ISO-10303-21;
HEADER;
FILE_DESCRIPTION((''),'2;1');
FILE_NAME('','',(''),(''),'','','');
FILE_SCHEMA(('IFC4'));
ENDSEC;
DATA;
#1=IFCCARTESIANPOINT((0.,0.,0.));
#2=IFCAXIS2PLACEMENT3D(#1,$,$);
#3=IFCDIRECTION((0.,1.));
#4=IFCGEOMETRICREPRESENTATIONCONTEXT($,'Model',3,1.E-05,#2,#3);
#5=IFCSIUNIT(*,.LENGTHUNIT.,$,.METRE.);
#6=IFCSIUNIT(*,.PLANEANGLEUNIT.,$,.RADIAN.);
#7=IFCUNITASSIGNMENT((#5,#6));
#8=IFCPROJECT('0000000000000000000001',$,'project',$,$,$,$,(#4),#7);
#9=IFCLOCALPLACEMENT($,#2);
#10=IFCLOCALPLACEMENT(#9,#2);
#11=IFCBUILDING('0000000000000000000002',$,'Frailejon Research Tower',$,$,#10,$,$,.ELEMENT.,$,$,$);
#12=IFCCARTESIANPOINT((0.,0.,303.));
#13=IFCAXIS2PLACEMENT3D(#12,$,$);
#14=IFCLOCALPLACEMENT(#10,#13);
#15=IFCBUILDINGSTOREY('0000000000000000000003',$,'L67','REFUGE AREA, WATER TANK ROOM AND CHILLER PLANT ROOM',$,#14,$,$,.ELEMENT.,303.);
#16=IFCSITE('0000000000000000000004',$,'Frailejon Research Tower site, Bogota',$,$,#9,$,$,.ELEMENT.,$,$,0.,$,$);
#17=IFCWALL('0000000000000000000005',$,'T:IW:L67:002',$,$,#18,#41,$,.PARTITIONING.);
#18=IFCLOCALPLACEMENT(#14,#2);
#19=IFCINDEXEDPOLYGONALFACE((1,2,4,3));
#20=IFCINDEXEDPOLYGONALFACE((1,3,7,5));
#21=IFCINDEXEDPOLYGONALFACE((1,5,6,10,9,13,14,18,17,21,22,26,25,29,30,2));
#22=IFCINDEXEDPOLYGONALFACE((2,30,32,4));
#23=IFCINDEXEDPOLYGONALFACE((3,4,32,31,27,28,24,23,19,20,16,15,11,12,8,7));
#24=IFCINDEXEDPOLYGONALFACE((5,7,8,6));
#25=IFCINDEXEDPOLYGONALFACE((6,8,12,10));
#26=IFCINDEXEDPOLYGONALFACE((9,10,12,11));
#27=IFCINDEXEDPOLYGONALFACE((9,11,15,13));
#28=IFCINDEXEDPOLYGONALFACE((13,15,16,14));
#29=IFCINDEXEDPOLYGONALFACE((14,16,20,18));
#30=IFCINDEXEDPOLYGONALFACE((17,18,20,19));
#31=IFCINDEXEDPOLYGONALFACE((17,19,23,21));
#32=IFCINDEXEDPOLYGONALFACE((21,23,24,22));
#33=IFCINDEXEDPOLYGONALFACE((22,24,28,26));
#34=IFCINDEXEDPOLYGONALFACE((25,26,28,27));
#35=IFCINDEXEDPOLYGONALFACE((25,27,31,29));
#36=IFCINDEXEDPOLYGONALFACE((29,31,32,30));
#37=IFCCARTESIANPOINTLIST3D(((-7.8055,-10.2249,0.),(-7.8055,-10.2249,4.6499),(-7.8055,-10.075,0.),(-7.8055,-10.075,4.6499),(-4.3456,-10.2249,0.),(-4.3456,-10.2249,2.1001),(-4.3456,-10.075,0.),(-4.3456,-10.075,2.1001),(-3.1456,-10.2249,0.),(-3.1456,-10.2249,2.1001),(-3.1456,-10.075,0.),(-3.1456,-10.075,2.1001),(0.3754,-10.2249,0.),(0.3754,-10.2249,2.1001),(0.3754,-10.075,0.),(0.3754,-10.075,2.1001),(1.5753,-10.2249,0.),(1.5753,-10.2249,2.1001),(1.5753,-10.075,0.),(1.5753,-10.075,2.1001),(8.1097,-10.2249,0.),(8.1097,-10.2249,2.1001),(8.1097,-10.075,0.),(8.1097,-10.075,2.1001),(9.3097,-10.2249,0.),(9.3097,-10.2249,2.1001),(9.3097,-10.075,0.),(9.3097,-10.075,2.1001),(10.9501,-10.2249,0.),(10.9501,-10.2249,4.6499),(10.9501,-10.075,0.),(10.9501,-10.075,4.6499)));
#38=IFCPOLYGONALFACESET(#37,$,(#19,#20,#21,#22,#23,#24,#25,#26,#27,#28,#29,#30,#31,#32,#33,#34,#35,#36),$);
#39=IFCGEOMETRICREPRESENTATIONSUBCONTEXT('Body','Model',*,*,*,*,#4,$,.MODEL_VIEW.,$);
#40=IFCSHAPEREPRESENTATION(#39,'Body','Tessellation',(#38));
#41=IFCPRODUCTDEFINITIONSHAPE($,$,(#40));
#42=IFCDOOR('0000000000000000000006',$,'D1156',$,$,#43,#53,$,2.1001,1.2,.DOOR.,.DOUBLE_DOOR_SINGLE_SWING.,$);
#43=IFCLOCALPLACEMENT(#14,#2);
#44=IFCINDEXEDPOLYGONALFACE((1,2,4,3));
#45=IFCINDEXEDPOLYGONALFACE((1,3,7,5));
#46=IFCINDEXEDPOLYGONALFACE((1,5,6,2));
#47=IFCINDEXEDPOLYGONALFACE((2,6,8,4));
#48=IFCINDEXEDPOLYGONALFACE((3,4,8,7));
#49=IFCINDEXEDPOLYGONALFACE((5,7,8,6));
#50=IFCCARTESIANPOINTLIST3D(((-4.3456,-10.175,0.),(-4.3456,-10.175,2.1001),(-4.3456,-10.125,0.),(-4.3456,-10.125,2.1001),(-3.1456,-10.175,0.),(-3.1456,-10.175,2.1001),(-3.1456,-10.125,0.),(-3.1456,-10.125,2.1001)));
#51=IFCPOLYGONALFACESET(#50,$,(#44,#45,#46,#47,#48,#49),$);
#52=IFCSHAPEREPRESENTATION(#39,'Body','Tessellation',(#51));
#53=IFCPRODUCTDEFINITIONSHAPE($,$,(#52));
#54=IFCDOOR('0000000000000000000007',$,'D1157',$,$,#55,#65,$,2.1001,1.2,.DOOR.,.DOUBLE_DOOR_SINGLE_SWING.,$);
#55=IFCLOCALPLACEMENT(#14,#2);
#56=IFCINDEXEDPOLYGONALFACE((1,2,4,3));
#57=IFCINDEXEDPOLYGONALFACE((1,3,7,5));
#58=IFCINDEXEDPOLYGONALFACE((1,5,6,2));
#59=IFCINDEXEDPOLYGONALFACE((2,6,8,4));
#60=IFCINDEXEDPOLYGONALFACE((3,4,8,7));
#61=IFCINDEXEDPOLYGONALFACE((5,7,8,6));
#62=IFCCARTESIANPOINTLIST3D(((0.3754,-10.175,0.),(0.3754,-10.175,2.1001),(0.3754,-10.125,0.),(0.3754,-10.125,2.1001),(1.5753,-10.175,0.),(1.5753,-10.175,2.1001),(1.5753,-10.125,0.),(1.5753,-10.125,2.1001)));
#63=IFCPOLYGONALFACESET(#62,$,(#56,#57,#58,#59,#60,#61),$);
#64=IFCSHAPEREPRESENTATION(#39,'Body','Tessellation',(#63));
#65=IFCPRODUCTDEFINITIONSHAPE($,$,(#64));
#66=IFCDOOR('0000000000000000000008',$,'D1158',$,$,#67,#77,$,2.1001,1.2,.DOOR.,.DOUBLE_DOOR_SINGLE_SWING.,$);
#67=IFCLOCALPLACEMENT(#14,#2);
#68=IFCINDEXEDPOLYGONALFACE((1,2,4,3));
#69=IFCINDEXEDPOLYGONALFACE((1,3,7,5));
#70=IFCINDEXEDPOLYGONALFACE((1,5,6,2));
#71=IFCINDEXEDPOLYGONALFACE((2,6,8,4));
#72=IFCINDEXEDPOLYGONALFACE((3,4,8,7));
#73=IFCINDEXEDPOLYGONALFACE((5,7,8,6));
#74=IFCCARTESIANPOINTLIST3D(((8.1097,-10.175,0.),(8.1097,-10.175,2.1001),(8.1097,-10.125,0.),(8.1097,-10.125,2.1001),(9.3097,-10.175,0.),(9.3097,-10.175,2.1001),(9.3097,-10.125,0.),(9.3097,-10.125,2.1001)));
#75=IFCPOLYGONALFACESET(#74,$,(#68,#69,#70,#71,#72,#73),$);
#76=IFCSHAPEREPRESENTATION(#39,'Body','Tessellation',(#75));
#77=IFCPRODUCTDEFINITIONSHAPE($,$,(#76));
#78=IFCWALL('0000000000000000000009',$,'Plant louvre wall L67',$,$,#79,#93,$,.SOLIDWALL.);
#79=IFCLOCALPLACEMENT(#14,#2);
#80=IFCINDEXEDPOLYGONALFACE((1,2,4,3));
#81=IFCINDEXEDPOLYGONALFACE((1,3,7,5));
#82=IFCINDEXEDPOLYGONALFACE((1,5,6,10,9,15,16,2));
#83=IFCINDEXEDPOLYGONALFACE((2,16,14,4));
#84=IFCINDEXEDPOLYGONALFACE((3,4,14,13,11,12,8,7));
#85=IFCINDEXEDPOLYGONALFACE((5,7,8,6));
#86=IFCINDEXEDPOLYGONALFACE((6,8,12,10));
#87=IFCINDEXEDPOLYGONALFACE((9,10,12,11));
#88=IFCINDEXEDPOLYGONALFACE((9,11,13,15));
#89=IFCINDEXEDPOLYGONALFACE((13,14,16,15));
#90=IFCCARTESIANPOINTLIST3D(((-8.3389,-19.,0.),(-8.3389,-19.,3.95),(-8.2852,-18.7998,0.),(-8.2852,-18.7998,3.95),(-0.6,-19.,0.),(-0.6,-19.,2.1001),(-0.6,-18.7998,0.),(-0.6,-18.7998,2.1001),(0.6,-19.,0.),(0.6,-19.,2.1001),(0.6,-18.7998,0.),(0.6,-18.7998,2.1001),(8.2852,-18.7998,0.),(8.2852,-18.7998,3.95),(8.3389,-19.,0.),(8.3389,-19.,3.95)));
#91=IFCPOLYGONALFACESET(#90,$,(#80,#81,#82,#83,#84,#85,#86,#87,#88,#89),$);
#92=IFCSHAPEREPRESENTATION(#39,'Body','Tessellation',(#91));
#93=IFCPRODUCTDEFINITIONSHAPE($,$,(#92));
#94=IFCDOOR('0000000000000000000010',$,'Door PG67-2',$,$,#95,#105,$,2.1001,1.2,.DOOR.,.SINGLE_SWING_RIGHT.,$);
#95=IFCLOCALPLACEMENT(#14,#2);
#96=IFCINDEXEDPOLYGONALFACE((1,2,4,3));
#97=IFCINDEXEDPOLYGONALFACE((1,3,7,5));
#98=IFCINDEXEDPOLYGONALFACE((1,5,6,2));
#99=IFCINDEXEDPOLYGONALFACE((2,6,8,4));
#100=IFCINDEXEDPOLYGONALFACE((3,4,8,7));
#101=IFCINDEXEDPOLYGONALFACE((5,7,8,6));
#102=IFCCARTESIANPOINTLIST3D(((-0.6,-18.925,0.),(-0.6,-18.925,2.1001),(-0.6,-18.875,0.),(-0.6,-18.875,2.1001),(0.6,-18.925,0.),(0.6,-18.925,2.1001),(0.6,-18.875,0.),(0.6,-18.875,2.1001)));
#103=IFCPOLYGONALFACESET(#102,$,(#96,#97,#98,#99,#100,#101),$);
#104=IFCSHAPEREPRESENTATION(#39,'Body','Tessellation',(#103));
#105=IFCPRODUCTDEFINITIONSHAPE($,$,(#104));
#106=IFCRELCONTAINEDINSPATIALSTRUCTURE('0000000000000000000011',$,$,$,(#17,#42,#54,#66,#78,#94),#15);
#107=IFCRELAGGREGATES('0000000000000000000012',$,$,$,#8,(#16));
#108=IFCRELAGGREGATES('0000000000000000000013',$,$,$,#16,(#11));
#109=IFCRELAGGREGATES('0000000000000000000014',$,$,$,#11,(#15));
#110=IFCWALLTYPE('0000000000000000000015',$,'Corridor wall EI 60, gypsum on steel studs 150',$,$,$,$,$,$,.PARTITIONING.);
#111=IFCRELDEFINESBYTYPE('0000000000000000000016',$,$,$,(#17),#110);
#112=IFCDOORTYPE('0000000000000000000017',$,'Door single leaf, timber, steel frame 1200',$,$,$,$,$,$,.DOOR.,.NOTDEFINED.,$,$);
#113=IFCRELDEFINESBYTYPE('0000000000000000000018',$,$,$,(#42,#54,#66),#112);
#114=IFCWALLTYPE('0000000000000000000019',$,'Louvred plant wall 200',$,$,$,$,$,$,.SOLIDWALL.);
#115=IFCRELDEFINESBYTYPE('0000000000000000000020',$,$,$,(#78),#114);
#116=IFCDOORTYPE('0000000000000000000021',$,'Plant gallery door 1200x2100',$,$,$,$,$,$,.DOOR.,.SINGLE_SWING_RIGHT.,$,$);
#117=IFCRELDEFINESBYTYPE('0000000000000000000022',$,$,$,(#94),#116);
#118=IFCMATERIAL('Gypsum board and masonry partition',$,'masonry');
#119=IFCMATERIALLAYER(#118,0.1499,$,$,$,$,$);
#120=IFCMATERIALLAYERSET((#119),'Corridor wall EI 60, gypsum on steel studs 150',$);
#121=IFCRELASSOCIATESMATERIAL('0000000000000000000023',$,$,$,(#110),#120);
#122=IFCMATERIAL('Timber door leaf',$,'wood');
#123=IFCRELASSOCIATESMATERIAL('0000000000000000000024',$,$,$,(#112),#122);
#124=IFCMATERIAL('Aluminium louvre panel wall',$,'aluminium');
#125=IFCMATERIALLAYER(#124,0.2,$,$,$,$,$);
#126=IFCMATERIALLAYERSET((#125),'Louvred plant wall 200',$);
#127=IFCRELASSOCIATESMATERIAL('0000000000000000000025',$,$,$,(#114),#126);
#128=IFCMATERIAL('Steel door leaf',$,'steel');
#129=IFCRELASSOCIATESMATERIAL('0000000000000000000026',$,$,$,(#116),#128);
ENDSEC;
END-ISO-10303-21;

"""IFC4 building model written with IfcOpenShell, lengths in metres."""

from ifc_helpers import new_model, si_unit, direction, frame, frame_2d, origin, place, context, subcontext, project, spatial, polyline, rectangle, outline, extrude, material, layer, layer_set, type_object, element, fill, save


model = new_model("IFC4")

# Units and contexts
model_context = context("Model", 3, precision=1e-05, world=origin(), true_north=direction((0.0, 1.0)))
body_context = subcontext(model_context, "Body", "Model", "MODEL_VIEW")
ifc_project = project(units=[si_unit("LENGTHUNIT", "METRE"), si_unit("PLANEANGLEUNIT", "RADIAN")], contexts=[model_context])

# Site, building, storey
site_placement = place(None, origin())
site = spatial("IfcSite", under=ifc_project, at=site_placement, Name="Frailejon Research Tower site, Bogota", CompositionType="ELEMENT", RefElevation=0.0)
building_placement = place(site_placement, origin())
building = spatial("IfcBuilding", under=site, at=building_placement, Name="Frailejon Research Tower", CompositionType="ELEMENT")
storey_placement = place(building_placement, frame((0.0, 0.0, 303.0)))
storey = spatial("IfcBuildingStorey", under=building, at=storey_placement, Name="L67", Description="REFUGE AREA, WATER TANK ROOM AND CHILLER PLANT ROOM", CompositionType="ELEMENT", Elevation=303.0)

# Wall, openings, doors
ifc_material_1 = material(Name="Gypsum board and masonry partition", Category="masonry")
ifc_layer_1 = layer(ifc_material_1, 0.1499)
ifc_layer_set_1 = layer_set([ifc_layer_1], Name="Corridor wall EI 60, gypsum on steel studs 150")
wall_type_1 = type_object("IfcWallType", Name="Corridor wall EI 60, gypsum on steel studs 150", PredefinedType="PARTITIONING", material=ifc_layer_set_1)
wall_1_placement = place(storey_placement, frame((-7.8057, -10.1499, 0.0), z_axis=(0.0, 0.0, 1.0), x_axis=(1.0, 0.0, 0.0)))
wall_1 = element("IfcWall", 1, at=wall_1_placement, inside=storey, type_object=wall_type_1, Name="T:IW:L67:002", PredefinedType="PARTITIONING", context=body_context, shape_type="SweptSolid", body=[
    extrude(rectangle(XDim=18.7556, YDim=0.1499, at=frame_2d((9.3779, 0.0))), origin(), (0.0, 0.0, 1.0), 4.6499),
])
opening_1_placement = place(wall_1_placement, frame((3.46, 0.0, 0.0)))
opening_1 = element("IfcOpeningElement", 2, at=opening_1_placement, cuts=wall_1, PredefinedType="OPENING", context=body_context, shape_type="SweptSolid", body=[
    extrude(rectangle(XDim=1.2, YDim=2.1001, at=frame_2d((0.6001, 1.05))), frame((0.0, 0.085, 0.0), z_axis=(0.0, -1.0, 0.0), x_axis=(1.0, 0.0, 0.0)), (0.0, 0.0, 1.0), 0.1699),
])
opening_2_placement = place(wall_1_placement, frame((8.1809, 0.0, 0.0)))
opening_2 = element("IfcOpeningElement", 3, at=opening_2_placement, cuts=wall_1, PredefinedType="OPENING", context=body_context, shape_type="SweptSolid", body=[
    extrude(rectangle(XDim=1.2, YDim=2.1001, at=frame_2d((0.6001, 1.05))), frame((0.0, 0.085, 0.0), z_axis=(0.0, -1.0, 0.0), x_axis=(1.0, 0.0, 0.0)), (0.0, 0.0, 1.0), 0.1699),
])
opening_3_placement = place(wall_1_placement, frame((15.9153, 0.0, 0.0)))
opening_3 = element("IfcOpeningElement", 4, at=opening_3_placement, cuts=wall_1, PredefinedType="OPENING", context=body_context, shape_type="SweptSolid", body=[
    extrude(rectangle(XDim=1.2, YDim=2.1001, at=frame_2d((0.6001, 1.05))), frame((0.0, 0.085, 0.0), z_axis=(0.0, -1.0, 0.0), x_axis=(1.0, 0.0, 0.0)), (0.0, 0.0, 1.0), 0.1699),
])
ifc_material_2 = material(Name="Timber door leaf", Category="wood")
door_type_1 = type_object("IfcDoorType", Name="Door single leaf, timber, steel frame 1200", OperationType="NOTDEFINED", PredefinedType="DOOR", material=ifc_material_2)
door_1_placement = place(opening_1_placement, origin())
door_1 = element("IfcDoor", 5, at=door_1_placement, inside=storey, type_object=door_type_1, Name="D1156", OperationType="DOUBLE_DOOR_SINGLE_SWING", OverallHeight=2.1001, OverallWidth=1.2, PredefinedType="DOOR", context=body_context, shape_type="SweptSolid", body=[
    extrude(rectangle(XDim=1.2, YDim=2.1001, at=frame_2d((0.6001, 1.05))), frame((0.0, 0.0249, 0.0), z_axis=(0.0, -1.0, 0.0), x_axis=(1.0, 0.0, 0.0)), (0.0, 0.0, 1.0), 0.05),
])
fill(opening_1, door_1)
door_2_placement = place(opening_2_placement, origin())
door_2 = element("IfcDoor", 6, at=door_2_placement, inside=storey, type_object=door_type_1, Name="D1157", OperationType="DOUBLE_DOOR_SINGLE_SWING", OverallHeight=2.1001, OverallWidth=1.2, PredefinedType="DOOR", context=body_context, shape_type="SweptSolid", body=[
    extrude(rectangle(XDim=1.2, YDim=2.1001, at=frame_2d((0.6001, 1.05))), frame((0.0, 0.0249, 0.0), z_axis=(0.0, -1.0, 0.0), x_axis=(1.0, 0.0, 0.0)), (0.0, 0.0, 1.0), 0.05),
])
fill(opening_2, door_2)
door_3_placement = place(opening_3_placement, origin())
door_3 = element("IfcDoor", 7, at=door_3_placement, inside=storey, type_object=door_type_1, Name="D1158", OperationType="DOUBLE_DOOR_SINGLE_SWING", OverallHeight=2.1001, OverallWidth=1.2, PredefinedType="DOOR", context=body_context, shape_type="SweptSolid", body=[
    extrude(rectangle(XDim=1.2, YDim=2.1001, at=frame_2d((0.6001, 1.05))), frame((0.0, 0.0249, 0.0), z_axis=(0.0, -1.0, 0.0), x_axis=(1.0, 0.0, 0.0)), (0.0, 0.0, 1.0), 0.05),
])
fill(opening_3, door_3)

# Wall, opening, door
ifc_material_3 = material(Name="Aluminium louvre panel wall", Category="aluminium")
ifc_layer_2 = layer(ifc_material_3, 0.2)
ifc_layer_set_2 = layer_set([ifc_layer_2], Name="Louvred plant wall 200")
wall_type_2 = type_object("IfcWallType", Name="Louvred plant wall 200", PredefinedType="SOLIDWALL", material=ifc_layer_set_2)
wall_2_placement = place(storey_placement, frame((-8.312, -18.8999, 0.0), z_axis=(0.0, 0.0, 1.0), x_axis=(1.0, 0.0, 0.0)))
wall_2 = element("IfcWall", 8, at=wall_2_placement, inside=storey, type_object=wall_type_2, Name="Plant louvre wall L67", PredefinedType="SOLIDWALL", context=body_context, shape_type="SweptSolid", body=[
    extrude(outline(polyline([(-0.0269, -0.1001), (16.6509, -0.1001), (16.5972, 0.1001), (0.0269, 0.1001), (-0.0269, -0.1001)])), origin(), (0.0, 0.0, 1.0), 3.95),
])
opening_4_placement = place(wall_2_placement, frame((7.7119, 0.0, 0.0)))
opening_4 = element("IfcOpeningElement", 9, at=opening_4_placement, cuts=wall_2, PredefinedType="OPENING", context=body_context, shape_type="SweptSolid", body=[
    extrude(rectangle(XDim=1.2, YDim=2.1001, at=frame_2d((0.6001, 1.05))), frame((0.0, 0.1099, 0.0), z_axis=(0.0, -1.0, 0.0), x_axis=(1.0, 0.0, 0.0)), (0.0, 0.0, 1.0), 0.22),
])
ifc_material_4 = material(Name="Steel door leaf", Category="steel")
door_type_2 = type_object("IfcDoorType", Name="Plant gallery door 1200x2100", OperationType="SINGLE_SWING_RIGHT", PredefinedType="DOOR", material=ifc_material_4)
door_4_placement = place(opening_4_placement, origin())
door_4 = element("IfcDoor", 10, at=door_4_placement, inside=storey, type_object=door_type_2, Name="Door PG67-2", OperationType="SINGLE_SWING_RIGHT", OverallHeight=2.1001, OverallWidth=1.2, PredefinedType="DOOR", context=body_context, shape_type="SweptSolid", body=[
    extrude(rectangle(XDim=1.2, YDim=2.1001, at=frame_2d((0.6001, 1.05))), frame((0.0, 0.0249, 0.0), z_axis=(0.0, -1.0, 0.0), x_axis=(1.0, 0.0, 0.0)), (0.0, 0.0, 1.0), 0.05),
])
fill(opening_4, door_4)

save(model, "model.ifc")
